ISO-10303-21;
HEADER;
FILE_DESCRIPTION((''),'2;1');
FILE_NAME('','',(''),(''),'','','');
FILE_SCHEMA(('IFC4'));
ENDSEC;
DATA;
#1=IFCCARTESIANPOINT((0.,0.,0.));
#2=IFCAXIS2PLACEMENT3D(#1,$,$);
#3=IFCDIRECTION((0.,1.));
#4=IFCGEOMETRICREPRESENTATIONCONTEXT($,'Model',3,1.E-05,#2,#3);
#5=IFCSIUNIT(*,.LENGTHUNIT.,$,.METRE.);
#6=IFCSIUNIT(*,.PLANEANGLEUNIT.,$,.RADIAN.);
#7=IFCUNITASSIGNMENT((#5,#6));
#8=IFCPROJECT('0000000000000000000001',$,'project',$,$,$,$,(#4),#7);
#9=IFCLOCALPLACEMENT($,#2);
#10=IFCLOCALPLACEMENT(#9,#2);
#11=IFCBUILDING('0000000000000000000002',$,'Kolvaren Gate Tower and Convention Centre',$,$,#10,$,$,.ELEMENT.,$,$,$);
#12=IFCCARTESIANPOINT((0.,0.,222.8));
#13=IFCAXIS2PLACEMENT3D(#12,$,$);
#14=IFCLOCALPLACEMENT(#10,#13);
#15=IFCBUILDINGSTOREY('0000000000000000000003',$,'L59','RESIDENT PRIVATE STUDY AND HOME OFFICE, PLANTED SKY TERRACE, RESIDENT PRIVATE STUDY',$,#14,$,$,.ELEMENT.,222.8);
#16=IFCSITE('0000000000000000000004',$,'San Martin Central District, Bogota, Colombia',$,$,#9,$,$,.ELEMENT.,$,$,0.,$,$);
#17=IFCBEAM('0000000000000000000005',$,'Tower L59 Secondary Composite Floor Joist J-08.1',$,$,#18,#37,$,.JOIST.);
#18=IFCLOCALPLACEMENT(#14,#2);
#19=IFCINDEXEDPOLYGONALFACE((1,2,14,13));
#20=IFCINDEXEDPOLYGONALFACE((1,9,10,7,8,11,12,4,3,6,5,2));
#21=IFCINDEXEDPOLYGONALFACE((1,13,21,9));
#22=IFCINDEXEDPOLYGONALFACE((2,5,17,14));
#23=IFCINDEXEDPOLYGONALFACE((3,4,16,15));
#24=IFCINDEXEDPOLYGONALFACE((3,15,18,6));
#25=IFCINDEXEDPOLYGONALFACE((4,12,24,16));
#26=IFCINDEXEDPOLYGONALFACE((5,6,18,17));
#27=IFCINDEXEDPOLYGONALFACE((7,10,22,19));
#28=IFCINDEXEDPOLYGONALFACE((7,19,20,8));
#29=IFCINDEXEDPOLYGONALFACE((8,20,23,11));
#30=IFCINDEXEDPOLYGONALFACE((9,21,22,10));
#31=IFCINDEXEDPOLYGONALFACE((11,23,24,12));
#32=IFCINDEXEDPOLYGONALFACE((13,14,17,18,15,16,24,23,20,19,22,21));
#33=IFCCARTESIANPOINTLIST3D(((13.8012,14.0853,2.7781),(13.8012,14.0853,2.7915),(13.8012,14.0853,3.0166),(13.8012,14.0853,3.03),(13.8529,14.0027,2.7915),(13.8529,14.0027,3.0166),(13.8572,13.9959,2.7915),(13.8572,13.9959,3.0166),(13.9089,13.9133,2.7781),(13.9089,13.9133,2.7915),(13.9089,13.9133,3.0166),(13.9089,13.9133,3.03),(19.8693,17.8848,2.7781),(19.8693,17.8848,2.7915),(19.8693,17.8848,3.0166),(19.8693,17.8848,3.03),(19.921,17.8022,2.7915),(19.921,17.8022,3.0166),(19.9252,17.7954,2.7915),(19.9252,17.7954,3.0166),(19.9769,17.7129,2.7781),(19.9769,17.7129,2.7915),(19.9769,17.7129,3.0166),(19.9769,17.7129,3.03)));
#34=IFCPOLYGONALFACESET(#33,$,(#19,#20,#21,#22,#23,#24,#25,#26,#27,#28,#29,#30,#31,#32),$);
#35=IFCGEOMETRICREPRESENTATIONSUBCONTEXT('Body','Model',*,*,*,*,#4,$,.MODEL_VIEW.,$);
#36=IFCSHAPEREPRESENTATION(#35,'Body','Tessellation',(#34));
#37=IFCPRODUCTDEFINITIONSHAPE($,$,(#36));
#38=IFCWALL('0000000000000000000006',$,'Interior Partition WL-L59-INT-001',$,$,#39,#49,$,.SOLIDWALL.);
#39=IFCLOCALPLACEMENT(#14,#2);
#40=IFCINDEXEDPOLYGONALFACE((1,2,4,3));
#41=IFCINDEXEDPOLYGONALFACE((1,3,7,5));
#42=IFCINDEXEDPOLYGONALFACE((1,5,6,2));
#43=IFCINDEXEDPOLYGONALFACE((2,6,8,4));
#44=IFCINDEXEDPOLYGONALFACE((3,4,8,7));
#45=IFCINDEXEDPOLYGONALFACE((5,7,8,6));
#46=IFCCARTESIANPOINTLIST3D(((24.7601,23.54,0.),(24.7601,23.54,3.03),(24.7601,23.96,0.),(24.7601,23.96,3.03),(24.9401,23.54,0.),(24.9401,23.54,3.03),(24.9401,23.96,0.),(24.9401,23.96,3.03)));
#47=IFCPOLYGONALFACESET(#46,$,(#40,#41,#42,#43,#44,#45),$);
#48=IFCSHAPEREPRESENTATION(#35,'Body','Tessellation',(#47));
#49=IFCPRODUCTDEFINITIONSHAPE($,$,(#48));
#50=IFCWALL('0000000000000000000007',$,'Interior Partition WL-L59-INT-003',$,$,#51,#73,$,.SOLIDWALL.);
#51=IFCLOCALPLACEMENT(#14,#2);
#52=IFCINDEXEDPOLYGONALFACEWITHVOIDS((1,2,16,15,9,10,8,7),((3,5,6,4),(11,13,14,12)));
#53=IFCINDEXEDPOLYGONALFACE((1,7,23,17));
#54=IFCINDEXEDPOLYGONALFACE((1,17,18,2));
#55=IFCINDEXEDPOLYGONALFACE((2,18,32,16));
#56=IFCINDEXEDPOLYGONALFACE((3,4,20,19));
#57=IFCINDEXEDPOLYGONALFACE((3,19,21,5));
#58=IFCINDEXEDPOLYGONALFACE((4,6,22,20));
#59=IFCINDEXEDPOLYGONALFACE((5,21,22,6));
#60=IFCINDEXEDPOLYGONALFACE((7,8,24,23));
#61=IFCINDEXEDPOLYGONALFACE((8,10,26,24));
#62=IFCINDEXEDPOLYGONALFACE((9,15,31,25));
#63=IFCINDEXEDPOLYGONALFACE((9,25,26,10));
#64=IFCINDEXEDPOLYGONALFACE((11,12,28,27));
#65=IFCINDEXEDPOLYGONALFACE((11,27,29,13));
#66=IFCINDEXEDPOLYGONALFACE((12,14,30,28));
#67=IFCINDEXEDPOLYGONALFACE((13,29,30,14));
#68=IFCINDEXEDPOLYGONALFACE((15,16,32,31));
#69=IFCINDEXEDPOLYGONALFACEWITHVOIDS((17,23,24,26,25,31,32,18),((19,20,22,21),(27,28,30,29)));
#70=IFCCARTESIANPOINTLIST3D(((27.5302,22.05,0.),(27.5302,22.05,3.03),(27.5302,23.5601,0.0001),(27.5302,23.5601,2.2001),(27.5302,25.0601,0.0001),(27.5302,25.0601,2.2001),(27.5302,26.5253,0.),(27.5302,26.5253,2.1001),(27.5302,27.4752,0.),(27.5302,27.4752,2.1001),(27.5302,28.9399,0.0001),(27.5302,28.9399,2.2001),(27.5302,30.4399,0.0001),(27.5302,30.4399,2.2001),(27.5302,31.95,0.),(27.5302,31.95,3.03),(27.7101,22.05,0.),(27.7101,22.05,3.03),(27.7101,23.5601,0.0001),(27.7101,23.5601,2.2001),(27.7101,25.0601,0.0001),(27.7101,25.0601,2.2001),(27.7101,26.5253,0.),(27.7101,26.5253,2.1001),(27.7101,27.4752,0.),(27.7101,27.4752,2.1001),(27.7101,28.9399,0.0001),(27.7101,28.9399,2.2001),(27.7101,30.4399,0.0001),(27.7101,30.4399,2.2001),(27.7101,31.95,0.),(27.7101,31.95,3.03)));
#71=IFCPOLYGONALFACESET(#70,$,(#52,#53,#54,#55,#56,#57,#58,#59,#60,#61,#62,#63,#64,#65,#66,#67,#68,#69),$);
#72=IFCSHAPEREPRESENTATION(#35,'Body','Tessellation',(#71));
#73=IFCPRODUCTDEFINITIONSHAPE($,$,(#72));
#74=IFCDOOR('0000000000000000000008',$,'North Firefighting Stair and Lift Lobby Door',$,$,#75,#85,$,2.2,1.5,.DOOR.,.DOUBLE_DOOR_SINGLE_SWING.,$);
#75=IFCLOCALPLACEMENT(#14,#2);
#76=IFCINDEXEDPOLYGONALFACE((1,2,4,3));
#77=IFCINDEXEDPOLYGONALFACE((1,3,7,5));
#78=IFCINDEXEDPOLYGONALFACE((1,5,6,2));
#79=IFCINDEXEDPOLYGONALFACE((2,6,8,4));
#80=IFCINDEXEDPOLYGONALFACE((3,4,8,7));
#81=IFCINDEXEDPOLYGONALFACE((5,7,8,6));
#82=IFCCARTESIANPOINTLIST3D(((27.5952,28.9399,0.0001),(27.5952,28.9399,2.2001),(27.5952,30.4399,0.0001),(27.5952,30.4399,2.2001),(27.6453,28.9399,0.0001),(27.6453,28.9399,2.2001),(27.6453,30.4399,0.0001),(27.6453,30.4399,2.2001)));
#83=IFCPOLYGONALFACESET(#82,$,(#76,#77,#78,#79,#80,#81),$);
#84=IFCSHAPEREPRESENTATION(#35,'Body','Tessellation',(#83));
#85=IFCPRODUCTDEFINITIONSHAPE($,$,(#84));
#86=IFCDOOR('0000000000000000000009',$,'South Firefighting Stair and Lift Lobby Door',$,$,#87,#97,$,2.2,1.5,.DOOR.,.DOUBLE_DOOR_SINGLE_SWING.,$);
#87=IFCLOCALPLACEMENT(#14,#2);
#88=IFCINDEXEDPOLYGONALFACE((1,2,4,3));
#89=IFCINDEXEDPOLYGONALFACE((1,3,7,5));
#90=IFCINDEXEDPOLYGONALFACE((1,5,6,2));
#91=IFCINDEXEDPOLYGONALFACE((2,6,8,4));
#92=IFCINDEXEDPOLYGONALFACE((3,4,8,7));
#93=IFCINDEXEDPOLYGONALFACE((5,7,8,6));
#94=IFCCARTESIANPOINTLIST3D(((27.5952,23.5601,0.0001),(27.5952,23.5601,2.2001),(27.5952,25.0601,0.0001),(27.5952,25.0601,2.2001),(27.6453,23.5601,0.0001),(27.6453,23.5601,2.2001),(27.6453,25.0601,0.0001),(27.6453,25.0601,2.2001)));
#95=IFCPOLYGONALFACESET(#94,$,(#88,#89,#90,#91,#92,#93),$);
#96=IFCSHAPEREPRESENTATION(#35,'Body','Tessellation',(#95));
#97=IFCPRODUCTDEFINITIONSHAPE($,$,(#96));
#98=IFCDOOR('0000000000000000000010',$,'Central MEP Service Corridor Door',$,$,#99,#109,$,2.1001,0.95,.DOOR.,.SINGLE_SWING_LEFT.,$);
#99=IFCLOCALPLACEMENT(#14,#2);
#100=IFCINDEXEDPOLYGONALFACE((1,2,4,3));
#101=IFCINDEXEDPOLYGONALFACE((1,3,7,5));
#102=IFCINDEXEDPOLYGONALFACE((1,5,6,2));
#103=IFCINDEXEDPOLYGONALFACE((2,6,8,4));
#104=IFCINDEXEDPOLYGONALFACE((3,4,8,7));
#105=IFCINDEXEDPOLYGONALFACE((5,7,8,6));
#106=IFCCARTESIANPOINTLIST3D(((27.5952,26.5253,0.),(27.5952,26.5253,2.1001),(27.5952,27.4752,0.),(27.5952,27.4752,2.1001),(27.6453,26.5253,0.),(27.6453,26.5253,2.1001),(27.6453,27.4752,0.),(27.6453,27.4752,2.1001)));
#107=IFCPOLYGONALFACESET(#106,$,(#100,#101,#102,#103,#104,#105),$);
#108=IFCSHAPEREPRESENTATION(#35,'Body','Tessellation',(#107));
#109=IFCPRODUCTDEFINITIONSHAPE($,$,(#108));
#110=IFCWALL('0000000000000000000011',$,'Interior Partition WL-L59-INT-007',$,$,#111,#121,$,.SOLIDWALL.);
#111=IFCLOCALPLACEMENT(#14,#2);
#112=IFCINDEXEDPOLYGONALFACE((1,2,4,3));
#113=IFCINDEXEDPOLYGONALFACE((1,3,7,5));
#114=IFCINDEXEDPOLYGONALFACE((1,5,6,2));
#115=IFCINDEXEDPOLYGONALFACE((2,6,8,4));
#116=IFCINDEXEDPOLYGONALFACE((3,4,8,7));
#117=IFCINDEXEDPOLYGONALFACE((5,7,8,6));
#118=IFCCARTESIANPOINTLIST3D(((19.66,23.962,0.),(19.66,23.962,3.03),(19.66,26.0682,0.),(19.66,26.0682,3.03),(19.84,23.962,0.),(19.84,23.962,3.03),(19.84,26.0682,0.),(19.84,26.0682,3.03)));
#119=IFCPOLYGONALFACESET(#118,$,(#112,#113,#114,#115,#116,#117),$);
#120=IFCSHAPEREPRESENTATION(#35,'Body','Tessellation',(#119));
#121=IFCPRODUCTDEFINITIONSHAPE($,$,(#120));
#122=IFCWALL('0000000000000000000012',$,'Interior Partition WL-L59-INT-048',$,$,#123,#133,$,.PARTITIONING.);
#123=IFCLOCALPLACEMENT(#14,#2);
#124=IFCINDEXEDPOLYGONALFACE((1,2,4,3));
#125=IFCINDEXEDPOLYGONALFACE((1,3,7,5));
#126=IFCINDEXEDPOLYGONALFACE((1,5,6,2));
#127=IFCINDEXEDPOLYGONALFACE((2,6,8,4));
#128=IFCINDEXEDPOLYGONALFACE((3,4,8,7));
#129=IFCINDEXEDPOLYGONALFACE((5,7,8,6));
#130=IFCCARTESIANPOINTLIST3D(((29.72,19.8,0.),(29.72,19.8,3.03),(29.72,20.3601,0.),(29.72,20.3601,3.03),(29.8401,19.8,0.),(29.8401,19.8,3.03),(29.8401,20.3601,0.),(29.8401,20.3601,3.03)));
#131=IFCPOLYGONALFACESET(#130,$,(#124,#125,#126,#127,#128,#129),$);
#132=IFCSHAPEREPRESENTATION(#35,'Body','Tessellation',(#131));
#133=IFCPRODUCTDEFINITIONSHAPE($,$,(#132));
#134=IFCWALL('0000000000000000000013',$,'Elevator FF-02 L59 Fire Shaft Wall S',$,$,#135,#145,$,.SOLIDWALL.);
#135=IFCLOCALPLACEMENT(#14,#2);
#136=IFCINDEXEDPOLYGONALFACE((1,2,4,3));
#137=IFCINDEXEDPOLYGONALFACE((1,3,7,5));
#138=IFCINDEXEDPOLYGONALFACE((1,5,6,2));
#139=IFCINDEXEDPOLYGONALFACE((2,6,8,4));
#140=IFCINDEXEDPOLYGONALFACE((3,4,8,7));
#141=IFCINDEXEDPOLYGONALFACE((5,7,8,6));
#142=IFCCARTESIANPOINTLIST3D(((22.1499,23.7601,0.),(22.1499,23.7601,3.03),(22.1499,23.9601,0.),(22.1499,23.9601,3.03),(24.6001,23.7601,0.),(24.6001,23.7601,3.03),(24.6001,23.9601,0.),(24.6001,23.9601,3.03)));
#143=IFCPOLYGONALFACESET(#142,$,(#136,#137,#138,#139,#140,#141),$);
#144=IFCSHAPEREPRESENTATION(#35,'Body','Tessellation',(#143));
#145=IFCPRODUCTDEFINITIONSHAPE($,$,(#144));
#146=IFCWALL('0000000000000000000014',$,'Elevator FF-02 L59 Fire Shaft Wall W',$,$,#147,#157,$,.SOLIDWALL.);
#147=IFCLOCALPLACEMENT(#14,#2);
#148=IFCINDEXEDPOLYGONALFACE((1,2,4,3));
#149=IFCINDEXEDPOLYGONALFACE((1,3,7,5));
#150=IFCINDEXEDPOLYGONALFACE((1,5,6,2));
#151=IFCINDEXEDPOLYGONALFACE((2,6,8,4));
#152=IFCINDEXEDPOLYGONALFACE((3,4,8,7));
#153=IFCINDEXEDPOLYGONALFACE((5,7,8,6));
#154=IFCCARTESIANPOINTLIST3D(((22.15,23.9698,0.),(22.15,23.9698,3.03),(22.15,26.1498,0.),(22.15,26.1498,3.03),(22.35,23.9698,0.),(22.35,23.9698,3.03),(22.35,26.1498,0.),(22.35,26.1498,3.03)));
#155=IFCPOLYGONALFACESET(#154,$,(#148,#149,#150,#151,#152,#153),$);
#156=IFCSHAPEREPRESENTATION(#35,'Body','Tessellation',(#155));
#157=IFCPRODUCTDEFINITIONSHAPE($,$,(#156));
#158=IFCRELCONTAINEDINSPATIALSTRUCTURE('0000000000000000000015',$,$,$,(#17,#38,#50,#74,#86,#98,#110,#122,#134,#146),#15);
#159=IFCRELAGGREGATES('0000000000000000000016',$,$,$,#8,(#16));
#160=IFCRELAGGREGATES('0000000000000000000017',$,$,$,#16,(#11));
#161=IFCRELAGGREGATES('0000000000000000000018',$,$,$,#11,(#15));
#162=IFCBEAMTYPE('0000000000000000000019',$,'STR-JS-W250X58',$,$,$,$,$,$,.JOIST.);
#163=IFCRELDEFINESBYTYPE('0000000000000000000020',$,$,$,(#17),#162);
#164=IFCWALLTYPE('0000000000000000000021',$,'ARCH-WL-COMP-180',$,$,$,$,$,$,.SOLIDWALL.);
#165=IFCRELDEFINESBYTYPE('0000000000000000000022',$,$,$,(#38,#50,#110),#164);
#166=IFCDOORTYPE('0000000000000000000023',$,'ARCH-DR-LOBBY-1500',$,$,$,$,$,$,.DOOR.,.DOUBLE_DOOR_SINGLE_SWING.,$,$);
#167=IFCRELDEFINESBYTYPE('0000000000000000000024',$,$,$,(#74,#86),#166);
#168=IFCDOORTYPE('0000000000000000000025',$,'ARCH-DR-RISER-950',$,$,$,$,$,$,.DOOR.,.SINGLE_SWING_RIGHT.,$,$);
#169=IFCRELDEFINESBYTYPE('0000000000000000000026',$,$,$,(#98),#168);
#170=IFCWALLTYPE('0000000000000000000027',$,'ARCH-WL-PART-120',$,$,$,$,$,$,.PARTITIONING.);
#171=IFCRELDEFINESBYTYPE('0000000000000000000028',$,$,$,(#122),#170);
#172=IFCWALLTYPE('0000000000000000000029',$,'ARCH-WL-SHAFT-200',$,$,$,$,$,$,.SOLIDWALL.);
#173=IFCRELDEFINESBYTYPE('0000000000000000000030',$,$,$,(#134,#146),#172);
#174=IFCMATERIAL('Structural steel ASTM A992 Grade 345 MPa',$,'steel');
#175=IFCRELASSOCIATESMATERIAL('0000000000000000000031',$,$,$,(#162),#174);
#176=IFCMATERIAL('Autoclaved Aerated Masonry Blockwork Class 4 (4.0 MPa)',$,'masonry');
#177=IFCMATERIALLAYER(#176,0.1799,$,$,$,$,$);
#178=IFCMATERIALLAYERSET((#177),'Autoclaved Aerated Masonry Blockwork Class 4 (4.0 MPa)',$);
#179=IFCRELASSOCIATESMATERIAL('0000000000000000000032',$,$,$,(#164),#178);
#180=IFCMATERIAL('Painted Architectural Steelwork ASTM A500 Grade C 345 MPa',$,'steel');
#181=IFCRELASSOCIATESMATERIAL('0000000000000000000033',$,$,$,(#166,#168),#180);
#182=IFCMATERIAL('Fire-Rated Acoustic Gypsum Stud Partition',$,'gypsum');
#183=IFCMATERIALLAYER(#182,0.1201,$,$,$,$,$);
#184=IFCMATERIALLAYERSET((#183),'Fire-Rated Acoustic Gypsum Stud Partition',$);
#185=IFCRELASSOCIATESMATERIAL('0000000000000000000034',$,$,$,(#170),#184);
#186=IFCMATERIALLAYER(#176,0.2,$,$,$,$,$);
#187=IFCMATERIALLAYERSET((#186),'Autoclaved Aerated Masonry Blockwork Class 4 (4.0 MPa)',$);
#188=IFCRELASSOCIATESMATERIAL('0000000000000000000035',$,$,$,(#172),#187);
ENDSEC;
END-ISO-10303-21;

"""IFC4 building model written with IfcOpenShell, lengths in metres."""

from ifc_helpers import new_model, si_unit, direction, frame, frame_2d, origin, origin_2d, place, context, subcontext, project, spatial, rectangle, i_section, extrude, material, layer, layer_set, material_profile, profile_set, type_object, element, fill, save


model = new_model("IFC4")

# Units and contexts
model_context = context("Model", 3, precision=1e-05, world=origin(), true_north=direction((0.0, 1.0)))
body_context = subcontext(model_context, "Body", "Model", "MODEL_VIEW")
ifc_project = project(units=[si_unit("LENGTHUNIT", "METRE"), si_unit("PLANEANGLEUNIT", "RADIAN")], contexts=[model_context])

# Site, building, storey
site_placement = place(None, origin())
site = spatial("IfcSite", under=ifc_project, at=site_placement, Name="San Martin Central District, Bogota, Colombia", CompositionType="ELEMENT", RefElevation=0.0)
building_placement = place(site_placement, origin())
building = spatial("IfcBuilding", under=site, at=building_placement, Name="Kolvaren Gate Tower and Convention Centre", CompositionType="ELEMENT")
storey_placement = place(building_placement, frame((0.0, 0.0, 222.8)))
storey = spatial("IfcBuildingStorey", under=building, at=storey_placement, Name="L59", Description="RESIDENT PRIVATE STUDY AND HOME OFFICE, PLANTED SKY TERRACE, RESIDENT PRIVATE STUDY", CompositionType="ELEMENT", Elevation=222.8)

# Beam
ifc_material_1 = material(Name="Structural steel ASTM A992 Grade 345 MPa", Category="steel")
ifc_material_profile = material_profile(ifc_material_1, i_section(OverallWidth=0.2029, OverallDepth=0.252, WebThickness=0.0081, FlangeThickness=0.0134, at=origin_2d()), Name="W250X58")
ifc_profile_set = profile_set([ifc_material_profile], Name="Structural steel ASTM A992 Grade 345 MPa")
beam_type = type_object("IfcBeamType", Name="STR-JS-W250X58", PredefinedType="JOIST", material=ifc_profile_set)
beam_placement = place(storey_placement, frame((19.9231, 17.7988, 2.9041), z_axis=(-0.847559, -0.530701, 0.0), x_axis=(0.530701, -0.847559, 0.0)))
element("IfcBeam", 1, at=beam_placement, inside=storey, type_object=beam_type, Name="Tower L59 Secondary Composite Floor Joist J-08.1", PredefinedType="JOIST", context=body_context, shape_type="SweptSolid", body=[
    extrude(i_section(OverallWidth=0.2029, OverallDepth=0.252, WebThickness=0.0081, FlangeThickness=0.0134, at=origin_2d()), origin(), (0.0, 0.0, 1.0), 7.1594),
])

# Wall
ifc_material_2 = material(Name="Autoclaved Aerated Masonry Blockwork Class 4 (4.0 MPa)", Category="masonry")
ifc_layer_1 = layer(ifc_material_2, 0.1799)
ifc_layer_set_1 = layer_set([ifc_layer_1], Name="Autoclaved Aerated Masonry Blockwork Class 4 (4.0 MPa)")
wall_type_1 = type_object("IfcWallType", Name="ARCH-WL-COMP-180", PredefinedType="SOLIDWALL", material=ifc_layer_set_1)
wall_1_placement = place(storey_placement, frame((24.8501, 23.54, 0.0), z_axis=(0.0, 0.0, 1.0), x_axis=(0.0, 1.0, 0.0)))
element("IfcWall", 2, at=wall_1_placement, inside=storey, type_object=wall_type_1, Name="Interior Partition WL-L59-INT-001", PredefinedType="SOLIDWALL", context=body_context, shape_type="SweptSolid", body=[
    extrude(rectangle(XDim=0.4199, YDim=0.1799, at=frame_2d((0.21, 0.0))), origin(), (0.0, 0.0, 1.0), 3.03),
])

# Wall, openings, doors
wall_2_placement = place(storey_placement, frame((27.6201, 22.05, 0.0), z_axis=(0.0, 0.0, 1.0), x_axis=(0.0, 1.0, 0.0)))
wall_2 = element("IfcWall", 3, at=wall_2_placement, inside=storey, type_object=wall_type_1, Name="Interior Partition WL-L59-INT-003", PredefinedType="SOLIDWALL", context=body_context, shape_type="SweptSolid", body=[
    extrude(rectangle(XDim=9.8999, YDim=0.1799, at=frame_2d((4.95, 0.0))), origin(), (0.0, 0.0, 1.0), 3.03),
])
opening_1_placement = place(wall_2_placement, frame((4.4751, 0.0, 0.0)))
opening_1 = element("IfcOpeningElement", 4, at=opening_1_placement, cuts=wall_2, PredefinedType="OPENING", context=body_context, shape_type="SweptSolid", body=[
    extrude(rectangle(XDim=0.95, YDim=2.1001, at=frame_2d((0.4751, 1.05))), frame((0.0, 0.0999, 0.0), z_axis=(0.0, -1.0, 0.0), x_axis=(1.0, 0.0, 0.0)), (0.0, 0.0, 1.0), 0.2),
])
opening_2_placement = place(wall_2_placement, frame((6.8899, 0.0, 0.0)))
opening_2 = element("IfcOpeningElement", 5, at=opening_2_placement, cuts=wall_2, PredefinedType="OPENING", context=body_context, shape_type="SweptSolid", body=[
    extrude(rectangle(XDim=1.5, YDim=2.2, at=frame_2d((0.75, 1.1001))), frame((0.0, 0.0999, 0.0), z_axis=(0.0, -1.0, 0.0), x_axis=(1.0, 0.0, 0.0)), (0.0, 0.0, 1.0), 0.2),
])
opening_3_placement = place(wall_2_placement, frame((1.51, 0.0, 0.0)))
opening_3 = element("IfcOpeningElement", 6, at=opening_3_placement, cuts=wall_2, PredefinedType="OPENING", context=body_context, shape_type="SweptSolid", body=[
    extrude(rectangle(XDim=1.5, YDim=2.2, at=frame_2d((0.75, 1.1001))), frame((0.0, 0.0999, 0.0), z_axis=(0.0, -1.0, 0.0), x_axis=(1.0, 0.0, 0.0)), (0.0, 0.0, 1.0), 0.2),
])
ifc_material_3 = material(Name="Painted Architectural Steelwork ASTM A500 Grade C 345 MPa", Category="steel")
door_type_1 = type_object("IfcDoorType", Name="ARCH-DR-LOBBY-1500", OperationType="DOUBLE_DOOR_SINGLE_SWING", PredefinedType="DOOR", material=ifc_material_3)
door_1_placement = place(opening_2_placement, origin())
door_1 = element("IfcDoor", 7, at=door_1_placement, inside=storey, type_object=door_type_1, Name="North Firefighting Stair and Lift Lobby Door", OperationType="DOUBLE_DOOR_SINGLE_SWING", OverallHeight=2.2, OverallWidth=1.5, PredefinedType="DOOR", context=body_context, shape_type="SweptSolid", body=[
    extrude(rectangle(XDim=1.5, YDim=2.2, at=frame_2d((0.75, 1.1001))), frame((0.0, 0.0249, 0.0), z_axis=(0.0, -1.0, 0.0), x_axis=(1.0, 0.0, 0.0)), (0.0, 0.0, 1.0), 0.05),
])
fill(opening_2, door_1)
door_2_placement = place(opening_3_placement, origin())
door_2 = element("IfcDoor", 8, at=door_2_placement, inside=storey, type_object=door_type_1, Name="South Firefighting Stair and Lift Lobby Door", OperationType="DOUBLE_DOOR_SINGLE_SWING", OverallHeight=2.2, OverallWidth=1.5, PredefinedType="DOOR", context=body_context, shape_type="SweptSolid", body=[
    extrude(rectangle(XDim=1.5, YDim=2.2, at=frame_2d((0.75, 1.1001))), frame((0.0, 0.0249, 0.0), z_axis=(0.0, -1.0, 0.0), x_axis=(1.0, 0.0, 0.0)), (0.0, 0.0, 1.0), 0.05),
])
fill(opening_3, door_2)
door_type_2 = type_object("IfcDoorType", Name="ARCH-DR-RISER-950", OperationType="SINGLE_SWING_RIGHT", PredefinedType="DOOR", material=ifc_material_3)
door_3_placement = place(opening_1_placement, origin())
door_3 = element("IfcDoor", 9, at=door_3_placement, inside=storey, type_object=door_type_2, Name="Central MEP Service Corridor Door", OperationType="SINGLE_SWING_LEFT", OverallHeight=2.1001, OverallWidth=0.95, PredefinedType="DOOR", context=body_context, shape_type="SweptSolid", body=[
    extrude(rectangle(XDim=0.95, YDim=2.1001, at=frame_2d((0.4751, 1.05))), frame((0.0, 0.0249, 0.0), z_axis=(0.0, -1.0, 0.0), x_axis=(1.0, 0.0, 0.0)), (0.0, 0.0, 1.0), 0.05),
])
fill(opening_1, door_3)

# Walls
wall_3_placement = place(storey_placement, frame((19.75, 23.9619, 0.0), z_axis=(0.0, 0.0, 1.0), x_axis=(0.0, 1.0, 0.0)))
element("IfcWall", 10, at=wall_3_placement, inside=storey, type_object=wall_type_1, Name="Interior Partition WL-L59-INT-007", PredefinedType="SOLIDWALL", context=body_context, shape_type="SweptSolid", body=[
    extrude(rectangle(XDim=2.1062, YDim=0.1799, at=frame_2d((1.0532, 0.0))), origin(), (0.0, 0.0, 1.0), 3.03),
])
ifc_material_4 = material(Name="Fire-Rated Acoustic Gypsum Stud Partition", Category="gypsum")
ifc_layer_2 = layer(ifc_material_4, 0.1201)
ifc_layer_set_2 = layer_set([ifc_layer_2], Name="Fire-Rated Acoustic Gypsum Stud Partition")
wall_type_2 = type_object("IfcWallType", Name="ARCH-WL-PART-120", PredefinedType="PARTITIONING", material=ifc_layer_set_2)
wall_4_placement = place(storey_placement, frame((29.78, 19.8, 0.0), z_axis=(0.0, 0.0, 1.0), x_axis=(0.0, 1.0, 0.0)))
element("IfcWall", 11, at=wall_4_placement, inside=storey, type_object=wall_type_2, Name="Interior Partition WL-L59-INT-048", PredefinedType="PARTITIONING", context=body_context, shape_type="SweptSolid", body=[
    extrude(rectangle(XDim=0.5601, YDim=0.1201, at=frame_2d((0.28, 0.0))), origin(), (0.0, 0.0, 1.0), 3.03),
])
ifc_layer_3 = layer(ifc_material_2, 0.2)
ifc_layer_set_3 = layer_set([ifc_layer_3], Name="Autoclaved Aerated Masonry Blockwork Class 4 (4.0 MPa)")
wall_type_3 = type_object("IfcWallType", Name="ARCH-WL-SHAFT-200", PredefinedType="SOLIDWALL", material=ifc_layer_set_3)
wall_5_placement = place(storey_placement, frame((22.1499, 23.8601, 0.0), z_axis=(0.0, 0.0, 1.0), x_axis=(1.0, 0.0, 0.0)))
element("IfcWall", 12, at=wall_5_placement, inside=storey, type_object=wall_type_3, Name="Elevator FF-02 L59 Fire Shaft Wall S", PredefinedType="SOLIDWALL", context=body_context, shape_type="SweptSolid", body=[
    extrude(rectangle(XDim=2.4502, YDim=0.2, at=frame_2d((1.2251, 0.0))), origin(), (0.0, 0.0, 1.0), 3.03),
])
wall_6_placement = place(storey_placement, frame((22.25, 23.97, 0.0), z_axis=(0.0, 0.0, 1.0), x_axis=(0.0, 1.0, 0.0)))
element("IfcWall", 13, at=wall_6_placement, inside=storey, type_object=wall_type_3, Name="Elevator FF-02 L59 Fire Shaft Wall W", PredefinedType="SOLIDWALL", context=body_context, shape_type="SweptSolid", body=[
    extrude(rectangle(XDim=2.1799, YDim=0.2, at=frame_2d((1.0898, 0.0))), origin(), (0.0, 0.0, 1.0), 3.03),
])

save(model, "model.ifc")
